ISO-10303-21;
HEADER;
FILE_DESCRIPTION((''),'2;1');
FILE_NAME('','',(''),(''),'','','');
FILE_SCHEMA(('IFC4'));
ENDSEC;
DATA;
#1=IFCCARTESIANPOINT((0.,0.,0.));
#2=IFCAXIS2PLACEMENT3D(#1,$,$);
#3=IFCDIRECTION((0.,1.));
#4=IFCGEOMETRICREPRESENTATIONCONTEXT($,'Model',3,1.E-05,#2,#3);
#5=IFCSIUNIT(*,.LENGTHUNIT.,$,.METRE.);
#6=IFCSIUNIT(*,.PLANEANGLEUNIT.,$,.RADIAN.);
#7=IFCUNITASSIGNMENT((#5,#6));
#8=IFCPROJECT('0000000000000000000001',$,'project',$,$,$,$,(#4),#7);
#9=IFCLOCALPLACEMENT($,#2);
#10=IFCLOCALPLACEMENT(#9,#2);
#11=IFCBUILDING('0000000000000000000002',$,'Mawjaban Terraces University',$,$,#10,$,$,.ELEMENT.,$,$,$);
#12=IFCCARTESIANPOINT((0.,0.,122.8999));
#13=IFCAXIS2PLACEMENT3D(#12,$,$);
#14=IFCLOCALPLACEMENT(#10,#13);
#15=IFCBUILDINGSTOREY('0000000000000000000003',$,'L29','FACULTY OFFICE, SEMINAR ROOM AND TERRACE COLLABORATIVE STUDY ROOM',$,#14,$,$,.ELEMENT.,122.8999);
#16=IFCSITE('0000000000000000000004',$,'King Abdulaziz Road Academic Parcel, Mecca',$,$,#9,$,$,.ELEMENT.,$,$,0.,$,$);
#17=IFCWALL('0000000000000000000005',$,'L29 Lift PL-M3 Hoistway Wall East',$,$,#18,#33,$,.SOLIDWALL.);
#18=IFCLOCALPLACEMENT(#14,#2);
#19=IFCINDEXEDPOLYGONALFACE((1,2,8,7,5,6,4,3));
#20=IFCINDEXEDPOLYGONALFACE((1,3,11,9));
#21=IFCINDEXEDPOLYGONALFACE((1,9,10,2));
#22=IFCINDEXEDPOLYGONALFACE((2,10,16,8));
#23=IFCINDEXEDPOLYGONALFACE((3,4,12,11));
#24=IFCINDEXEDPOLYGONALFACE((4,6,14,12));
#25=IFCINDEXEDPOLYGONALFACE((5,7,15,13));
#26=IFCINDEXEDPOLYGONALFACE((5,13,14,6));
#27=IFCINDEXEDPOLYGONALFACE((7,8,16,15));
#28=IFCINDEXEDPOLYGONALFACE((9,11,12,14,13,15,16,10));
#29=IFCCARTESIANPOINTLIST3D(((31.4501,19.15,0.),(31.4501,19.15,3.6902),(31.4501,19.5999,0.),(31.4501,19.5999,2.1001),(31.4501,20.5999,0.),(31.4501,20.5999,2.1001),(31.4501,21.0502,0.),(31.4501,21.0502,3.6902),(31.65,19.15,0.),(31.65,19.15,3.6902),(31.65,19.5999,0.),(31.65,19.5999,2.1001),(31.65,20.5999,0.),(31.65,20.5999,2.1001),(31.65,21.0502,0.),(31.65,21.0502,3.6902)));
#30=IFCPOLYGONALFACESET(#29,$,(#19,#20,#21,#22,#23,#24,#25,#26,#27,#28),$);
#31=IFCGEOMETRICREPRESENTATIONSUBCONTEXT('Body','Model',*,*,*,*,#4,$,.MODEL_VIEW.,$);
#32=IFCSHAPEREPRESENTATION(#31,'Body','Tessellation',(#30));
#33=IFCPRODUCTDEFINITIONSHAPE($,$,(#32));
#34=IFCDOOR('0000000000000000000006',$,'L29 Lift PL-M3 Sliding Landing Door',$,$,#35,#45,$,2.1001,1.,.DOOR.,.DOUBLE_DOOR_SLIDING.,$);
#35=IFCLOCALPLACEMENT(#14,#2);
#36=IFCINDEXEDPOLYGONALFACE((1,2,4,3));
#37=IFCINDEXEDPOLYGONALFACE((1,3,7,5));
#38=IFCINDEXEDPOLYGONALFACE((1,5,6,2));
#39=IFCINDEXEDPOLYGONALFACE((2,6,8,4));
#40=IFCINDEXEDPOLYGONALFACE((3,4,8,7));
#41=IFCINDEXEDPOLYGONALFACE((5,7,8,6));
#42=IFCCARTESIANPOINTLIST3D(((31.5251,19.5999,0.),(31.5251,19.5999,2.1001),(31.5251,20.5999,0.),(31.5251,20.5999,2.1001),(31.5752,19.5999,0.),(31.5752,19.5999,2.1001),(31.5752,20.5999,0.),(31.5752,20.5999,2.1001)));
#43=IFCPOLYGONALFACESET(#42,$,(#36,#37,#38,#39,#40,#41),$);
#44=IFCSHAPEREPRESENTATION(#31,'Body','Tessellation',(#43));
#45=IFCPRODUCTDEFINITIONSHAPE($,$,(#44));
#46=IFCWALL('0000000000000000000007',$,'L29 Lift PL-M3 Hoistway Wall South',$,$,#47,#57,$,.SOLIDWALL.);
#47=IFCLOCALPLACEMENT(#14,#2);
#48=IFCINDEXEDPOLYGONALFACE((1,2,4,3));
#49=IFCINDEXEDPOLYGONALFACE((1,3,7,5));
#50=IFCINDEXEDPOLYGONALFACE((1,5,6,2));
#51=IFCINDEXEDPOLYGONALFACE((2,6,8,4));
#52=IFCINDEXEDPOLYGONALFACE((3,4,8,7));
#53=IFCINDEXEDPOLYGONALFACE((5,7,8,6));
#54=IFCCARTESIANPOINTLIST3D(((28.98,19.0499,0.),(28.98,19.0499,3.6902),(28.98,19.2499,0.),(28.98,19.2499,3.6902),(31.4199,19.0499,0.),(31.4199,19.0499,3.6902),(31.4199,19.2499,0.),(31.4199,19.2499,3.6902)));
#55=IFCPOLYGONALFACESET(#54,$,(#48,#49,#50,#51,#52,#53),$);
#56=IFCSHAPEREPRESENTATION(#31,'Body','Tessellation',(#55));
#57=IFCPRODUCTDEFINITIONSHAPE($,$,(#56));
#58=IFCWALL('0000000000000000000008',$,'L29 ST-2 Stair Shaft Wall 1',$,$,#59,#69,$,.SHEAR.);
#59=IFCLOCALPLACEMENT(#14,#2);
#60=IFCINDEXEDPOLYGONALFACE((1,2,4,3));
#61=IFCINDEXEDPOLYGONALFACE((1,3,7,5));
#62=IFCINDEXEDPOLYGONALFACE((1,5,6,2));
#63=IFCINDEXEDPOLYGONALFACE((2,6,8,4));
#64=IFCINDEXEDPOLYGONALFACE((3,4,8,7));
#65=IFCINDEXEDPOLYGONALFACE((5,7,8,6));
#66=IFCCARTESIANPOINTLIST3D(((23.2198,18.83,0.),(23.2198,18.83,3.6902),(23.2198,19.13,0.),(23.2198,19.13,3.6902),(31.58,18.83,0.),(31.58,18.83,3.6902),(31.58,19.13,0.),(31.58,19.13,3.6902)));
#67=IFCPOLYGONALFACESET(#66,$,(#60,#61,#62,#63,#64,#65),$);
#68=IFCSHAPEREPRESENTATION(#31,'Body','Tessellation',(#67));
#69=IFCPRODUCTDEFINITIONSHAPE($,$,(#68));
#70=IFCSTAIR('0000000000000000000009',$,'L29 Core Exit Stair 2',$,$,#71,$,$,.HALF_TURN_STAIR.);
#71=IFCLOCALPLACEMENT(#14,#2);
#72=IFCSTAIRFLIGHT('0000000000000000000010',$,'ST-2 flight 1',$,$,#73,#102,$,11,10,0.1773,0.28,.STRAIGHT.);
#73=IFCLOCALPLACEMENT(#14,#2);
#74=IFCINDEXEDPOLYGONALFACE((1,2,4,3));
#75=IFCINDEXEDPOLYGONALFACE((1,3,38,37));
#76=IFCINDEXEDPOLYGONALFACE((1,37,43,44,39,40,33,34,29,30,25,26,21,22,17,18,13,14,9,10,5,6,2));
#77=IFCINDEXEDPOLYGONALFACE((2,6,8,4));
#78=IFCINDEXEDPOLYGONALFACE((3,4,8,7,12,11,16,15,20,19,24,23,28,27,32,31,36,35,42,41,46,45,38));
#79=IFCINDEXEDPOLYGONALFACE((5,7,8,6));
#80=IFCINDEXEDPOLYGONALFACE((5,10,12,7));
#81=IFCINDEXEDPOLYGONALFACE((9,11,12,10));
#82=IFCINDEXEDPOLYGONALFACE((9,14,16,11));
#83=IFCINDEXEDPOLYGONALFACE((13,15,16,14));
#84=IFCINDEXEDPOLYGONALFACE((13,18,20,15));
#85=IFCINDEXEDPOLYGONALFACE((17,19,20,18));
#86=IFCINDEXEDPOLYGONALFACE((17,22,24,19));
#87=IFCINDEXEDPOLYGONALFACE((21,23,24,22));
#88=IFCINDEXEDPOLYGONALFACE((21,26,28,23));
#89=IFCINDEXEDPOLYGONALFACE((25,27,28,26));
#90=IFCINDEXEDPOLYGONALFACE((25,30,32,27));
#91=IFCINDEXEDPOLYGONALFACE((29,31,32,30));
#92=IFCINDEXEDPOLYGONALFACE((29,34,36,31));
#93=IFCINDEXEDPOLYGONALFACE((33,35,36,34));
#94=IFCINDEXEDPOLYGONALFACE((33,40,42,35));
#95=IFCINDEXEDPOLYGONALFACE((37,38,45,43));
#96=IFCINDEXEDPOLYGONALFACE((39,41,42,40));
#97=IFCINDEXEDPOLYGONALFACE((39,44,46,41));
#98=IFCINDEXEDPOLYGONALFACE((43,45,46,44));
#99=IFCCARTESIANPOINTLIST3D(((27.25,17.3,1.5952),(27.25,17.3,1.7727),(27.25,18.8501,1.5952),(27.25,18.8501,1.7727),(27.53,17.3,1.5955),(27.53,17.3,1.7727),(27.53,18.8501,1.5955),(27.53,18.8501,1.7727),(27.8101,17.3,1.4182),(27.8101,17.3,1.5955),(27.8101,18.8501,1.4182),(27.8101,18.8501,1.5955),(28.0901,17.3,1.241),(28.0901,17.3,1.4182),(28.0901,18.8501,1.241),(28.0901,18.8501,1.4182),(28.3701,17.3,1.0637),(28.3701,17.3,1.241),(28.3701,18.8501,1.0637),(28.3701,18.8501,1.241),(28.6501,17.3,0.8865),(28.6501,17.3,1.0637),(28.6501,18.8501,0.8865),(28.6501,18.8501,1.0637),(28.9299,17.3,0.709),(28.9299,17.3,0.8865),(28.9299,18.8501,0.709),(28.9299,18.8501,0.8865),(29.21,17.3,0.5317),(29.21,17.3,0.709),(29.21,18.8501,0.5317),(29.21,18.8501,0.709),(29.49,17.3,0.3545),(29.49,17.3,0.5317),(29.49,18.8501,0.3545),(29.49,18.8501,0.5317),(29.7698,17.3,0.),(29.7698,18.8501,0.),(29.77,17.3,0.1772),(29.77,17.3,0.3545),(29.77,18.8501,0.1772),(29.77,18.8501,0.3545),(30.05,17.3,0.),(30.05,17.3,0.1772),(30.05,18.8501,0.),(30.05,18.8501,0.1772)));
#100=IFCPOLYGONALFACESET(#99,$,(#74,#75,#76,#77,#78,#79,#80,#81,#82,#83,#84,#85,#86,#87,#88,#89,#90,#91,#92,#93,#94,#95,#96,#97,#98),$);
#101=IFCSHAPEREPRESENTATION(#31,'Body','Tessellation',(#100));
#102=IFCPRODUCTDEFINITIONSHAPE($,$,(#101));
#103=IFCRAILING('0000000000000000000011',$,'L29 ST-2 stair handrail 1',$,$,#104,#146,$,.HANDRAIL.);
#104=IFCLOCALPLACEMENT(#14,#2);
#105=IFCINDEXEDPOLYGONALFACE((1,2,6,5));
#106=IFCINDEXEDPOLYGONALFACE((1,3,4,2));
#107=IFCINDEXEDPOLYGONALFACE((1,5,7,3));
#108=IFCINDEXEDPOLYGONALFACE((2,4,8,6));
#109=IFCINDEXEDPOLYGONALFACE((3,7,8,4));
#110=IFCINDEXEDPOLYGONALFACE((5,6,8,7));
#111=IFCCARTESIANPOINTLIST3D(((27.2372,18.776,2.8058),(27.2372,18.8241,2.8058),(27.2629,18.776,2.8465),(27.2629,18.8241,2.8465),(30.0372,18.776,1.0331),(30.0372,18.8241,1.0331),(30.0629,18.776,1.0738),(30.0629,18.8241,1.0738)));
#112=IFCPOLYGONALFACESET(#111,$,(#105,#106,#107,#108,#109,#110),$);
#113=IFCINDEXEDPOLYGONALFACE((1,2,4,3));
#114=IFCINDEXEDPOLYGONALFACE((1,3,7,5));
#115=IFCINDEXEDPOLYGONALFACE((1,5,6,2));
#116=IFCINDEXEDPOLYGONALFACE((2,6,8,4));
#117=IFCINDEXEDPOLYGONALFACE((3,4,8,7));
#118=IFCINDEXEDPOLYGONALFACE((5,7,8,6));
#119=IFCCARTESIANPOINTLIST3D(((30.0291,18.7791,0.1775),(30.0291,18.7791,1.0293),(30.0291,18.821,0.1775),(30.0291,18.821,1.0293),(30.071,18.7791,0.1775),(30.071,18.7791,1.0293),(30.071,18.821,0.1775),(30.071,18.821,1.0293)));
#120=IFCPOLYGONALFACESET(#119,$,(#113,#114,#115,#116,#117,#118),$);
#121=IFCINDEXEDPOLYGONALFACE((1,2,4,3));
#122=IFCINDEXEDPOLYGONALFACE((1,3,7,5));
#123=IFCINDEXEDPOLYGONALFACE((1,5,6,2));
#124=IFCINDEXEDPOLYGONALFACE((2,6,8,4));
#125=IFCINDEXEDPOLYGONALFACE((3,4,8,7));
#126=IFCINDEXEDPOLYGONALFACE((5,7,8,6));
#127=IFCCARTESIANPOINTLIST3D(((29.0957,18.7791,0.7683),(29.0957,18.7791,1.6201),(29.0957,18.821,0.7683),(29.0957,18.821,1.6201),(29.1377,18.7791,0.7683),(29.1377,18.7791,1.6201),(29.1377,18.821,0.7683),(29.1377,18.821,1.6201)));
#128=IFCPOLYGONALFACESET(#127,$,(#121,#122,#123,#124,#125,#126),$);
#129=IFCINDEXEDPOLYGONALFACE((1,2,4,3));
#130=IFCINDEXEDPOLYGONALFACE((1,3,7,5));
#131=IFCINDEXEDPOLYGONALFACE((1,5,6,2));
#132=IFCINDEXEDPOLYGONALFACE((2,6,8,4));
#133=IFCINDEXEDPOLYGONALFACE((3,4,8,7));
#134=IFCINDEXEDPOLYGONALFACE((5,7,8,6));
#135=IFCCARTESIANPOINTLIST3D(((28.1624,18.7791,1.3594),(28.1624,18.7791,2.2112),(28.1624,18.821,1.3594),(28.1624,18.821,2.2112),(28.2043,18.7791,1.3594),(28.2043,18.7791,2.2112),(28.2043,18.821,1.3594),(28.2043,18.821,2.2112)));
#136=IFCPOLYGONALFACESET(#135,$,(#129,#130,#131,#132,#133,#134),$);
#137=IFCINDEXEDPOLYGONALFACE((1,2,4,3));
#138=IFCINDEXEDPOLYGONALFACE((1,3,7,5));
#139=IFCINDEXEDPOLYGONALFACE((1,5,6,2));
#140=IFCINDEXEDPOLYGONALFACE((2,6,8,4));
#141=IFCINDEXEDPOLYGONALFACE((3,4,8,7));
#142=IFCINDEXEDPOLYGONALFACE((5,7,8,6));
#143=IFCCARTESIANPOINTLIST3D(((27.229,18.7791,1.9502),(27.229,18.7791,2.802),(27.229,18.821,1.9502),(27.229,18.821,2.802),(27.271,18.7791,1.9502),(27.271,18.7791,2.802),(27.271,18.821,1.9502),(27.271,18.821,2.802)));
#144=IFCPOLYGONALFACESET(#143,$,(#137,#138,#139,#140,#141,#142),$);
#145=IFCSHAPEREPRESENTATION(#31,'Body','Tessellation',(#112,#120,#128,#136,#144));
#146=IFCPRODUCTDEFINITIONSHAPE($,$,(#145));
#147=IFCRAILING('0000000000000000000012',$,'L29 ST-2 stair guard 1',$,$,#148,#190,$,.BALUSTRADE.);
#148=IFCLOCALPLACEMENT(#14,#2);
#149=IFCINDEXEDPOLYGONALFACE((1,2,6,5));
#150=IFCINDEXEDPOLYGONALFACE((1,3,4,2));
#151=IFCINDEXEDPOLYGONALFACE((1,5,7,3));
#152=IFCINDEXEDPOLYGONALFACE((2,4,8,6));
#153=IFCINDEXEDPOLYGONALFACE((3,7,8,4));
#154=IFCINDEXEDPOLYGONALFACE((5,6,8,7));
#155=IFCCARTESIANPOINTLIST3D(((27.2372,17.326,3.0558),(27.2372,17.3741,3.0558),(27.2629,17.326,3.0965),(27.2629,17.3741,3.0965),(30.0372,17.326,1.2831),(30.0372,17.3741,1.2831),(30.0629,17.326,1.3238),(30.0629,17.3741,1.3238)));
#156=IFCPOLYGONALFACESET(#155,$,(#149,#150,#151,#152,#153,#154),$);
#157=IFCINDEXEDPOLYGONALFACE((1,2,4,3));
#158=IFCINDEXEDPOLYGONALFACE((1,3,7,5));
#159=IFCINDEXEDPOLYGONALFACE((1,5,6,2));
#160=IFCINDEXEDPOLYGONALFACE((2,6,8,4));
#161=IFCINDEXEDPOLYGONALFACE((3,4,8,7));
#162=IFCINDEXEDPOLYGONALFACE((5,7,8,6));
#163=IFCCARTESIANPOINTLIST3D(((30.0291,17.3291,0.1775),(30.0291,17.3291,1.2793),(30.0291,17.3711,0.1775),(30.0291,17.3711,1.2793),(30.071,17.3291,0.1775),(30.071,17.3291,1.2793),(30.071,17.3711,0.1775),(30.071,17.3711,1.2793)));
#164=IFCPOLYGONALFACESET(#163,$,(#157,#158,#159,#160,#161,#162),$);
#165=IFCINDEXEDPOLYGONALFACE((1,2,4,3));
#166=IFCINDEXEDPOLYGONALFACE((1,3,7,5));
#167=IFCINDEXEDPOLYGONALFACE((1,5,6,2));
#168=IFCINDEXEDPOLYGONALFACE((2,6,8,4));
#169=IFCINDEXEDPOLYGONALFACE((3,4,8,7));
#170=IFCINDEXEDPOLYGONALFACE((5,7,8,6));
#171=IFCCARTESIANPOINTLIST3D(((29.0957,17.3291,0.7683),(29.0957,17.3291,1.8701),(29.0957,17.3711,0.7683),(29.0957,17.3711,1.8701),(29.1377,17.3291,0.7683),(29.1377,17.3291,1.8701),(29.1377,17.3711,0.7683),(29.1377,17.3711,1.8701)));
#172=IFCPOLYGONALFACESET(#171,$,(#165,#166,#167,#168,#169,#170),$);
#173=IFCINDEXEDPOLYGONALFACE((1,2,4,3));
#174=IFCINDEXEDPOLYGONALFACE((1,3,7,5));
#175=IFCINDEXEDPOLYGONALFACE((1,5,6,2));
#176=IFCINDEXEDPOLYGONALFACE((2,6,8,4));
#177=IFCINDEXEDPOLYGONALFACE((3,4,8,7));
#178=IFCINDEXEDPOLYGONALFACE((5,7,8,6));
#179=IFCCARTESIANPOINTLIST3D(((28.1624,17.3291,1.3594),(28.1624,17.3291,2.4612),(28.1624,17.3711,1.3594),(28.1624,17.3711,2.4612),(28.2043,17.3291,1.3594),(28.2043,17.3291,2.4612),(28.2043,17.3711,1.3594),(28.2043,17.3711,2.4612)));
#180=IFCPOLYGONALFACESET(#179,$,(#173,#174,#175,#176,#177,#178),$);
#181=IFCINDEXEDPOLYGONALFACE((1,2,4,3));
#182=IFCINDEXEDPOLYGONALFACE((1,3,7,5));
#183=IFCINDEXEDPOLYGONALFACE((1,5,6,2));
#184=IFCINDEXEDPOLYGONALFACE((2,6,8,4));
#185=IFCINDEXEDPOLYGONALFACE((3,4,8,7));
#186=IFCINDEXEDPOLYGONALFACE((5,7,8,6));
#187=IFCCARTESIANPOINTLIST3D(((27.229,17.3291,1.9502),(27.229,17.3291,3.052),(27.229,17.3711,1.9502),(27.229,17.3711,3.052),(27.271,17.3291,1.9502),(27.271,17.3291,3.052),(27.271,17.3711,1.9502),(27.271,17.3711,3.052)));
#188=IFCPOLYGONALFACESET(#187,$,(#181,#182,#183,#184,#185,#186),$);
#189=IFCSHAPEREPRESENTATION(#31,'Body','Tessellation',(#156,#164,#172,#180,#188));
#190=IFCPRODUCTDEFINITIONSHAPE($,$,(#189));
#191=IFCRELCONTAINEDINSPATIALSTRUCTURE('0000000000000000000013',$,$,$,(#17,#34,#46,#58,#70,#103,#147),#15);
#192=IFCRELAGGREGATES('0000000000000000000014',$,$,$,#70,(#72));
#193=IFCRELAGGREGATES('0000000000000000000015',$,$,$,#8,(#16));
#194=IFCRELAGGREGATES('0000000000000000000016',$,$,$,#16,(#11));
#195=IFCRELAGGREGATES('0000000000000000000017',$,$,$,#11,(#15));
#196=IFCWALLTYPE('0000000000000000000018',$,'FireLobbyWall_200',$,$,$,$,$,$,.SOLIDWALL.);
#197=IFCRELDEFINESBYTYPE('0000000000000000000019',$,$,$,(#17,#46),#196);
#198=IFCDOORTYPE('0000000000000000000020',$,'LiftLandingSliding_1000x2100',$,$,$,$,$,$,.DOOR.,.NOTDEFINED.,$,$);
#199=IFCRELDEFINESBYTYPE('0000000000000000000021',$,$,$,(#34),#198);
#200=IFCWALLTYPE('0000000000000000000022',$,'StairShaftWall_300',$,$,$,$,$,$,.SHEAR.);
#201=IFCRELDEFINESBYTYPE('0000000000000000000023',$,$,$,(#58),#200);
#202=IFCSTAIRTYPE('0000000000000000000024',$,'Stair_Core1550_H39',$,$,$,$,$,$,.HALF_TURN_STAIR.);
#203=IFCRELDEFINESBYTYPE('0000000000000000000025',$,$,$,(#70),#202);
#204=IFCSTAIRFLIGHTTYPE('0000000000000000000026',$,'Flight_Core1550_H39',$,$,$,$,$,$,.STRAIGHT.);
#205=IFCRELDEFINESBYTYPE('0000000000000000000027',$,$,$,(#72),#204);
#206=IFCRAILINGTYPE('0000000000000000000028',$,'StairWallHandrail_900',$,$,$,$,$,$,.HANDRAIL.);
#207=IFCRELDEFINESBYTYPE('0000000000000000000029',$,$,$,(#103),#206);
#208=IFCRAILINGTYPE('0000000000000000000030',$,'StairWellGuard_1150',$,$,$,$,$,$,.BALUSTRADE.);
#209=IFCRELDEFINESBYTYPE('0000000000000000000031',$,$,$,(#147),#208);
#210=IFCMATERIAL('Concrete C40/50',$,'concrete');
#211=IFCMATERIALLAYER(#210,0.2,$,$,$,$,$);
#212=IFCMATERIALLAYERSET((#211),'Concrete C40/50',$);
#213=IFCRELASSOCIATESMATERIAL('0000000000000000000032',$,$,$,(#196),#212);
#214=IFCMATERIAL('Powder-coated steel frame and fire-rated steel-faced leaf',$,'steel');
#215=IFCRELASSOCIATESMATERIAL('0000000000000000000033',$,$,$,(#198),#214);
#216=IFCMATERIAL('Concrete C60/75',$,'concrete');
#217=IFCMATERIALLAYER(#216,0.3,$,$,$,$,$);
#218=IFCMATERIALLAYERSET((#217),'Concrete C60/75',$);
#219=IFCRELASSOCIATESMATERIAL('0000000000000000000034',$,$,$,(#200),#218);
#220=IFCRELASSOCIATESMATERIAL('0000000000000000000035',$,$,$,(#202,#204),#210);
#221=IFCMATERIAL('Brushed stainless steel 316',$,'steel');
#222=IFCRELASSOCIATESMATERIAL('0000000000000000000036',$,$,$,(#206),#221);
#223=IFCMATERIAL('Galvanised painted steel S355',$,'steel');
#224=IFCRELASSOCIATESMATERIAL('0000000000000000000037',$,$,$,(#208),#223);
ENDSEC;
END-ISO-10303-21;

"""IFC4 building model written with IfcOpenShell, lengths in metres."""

from ifc_helpers import new_model, si_unit, direction, frame, frame_2d, origin, origin_2d, place, context, subcontext, project, spatial, polyline, rectangle, outline, extrude, material, layer, layer_set, type_object, element, fill, aggregate, save


model = new_model("IFC4")

# Units and contexts
model_context = context("Model", 3, precision=1e-05, world=origin(), true_north=direction((0.0, 1.0)))
body_context = subcontext(model_context, "Body", "Model", "MODEL_VIEW")
ifc_project = project(units=[si_unit("LENGTHUNIT", "METRE"), si_unit("PLANEANGLEUNIT", "RADIAN")], contexts=[model_context])

# Site, building, storey
site_placement = place(None, origin())
site = spatial("IfcSite", under=ifc_project, at=site_placement, Name="King Abdulaziz Road Academic Parcel, Mecca", CompositionType="ELEMENT", RefElevation=0.0)
building_placement = place(site_placement, origin())
building = spatial("IfcBuilding", under=site, at=building_placement, Name="Mawjaban Terraces University", CompositionType="ELEMENT")
storey_placement = place(building_placement, frame((0.0, 0.0, 122.8999)))
storey = spatial("IfcBuildingStorey", under=building, at=storey_placement, Name="L29", Description="FACULTY OFFICE, SEMINAR ROOM AND TERRACE COLLABORATIVE STUDY ROOM", CompositionType="ELEMENT", Elevation=122.8999)

# Shared definitions
ifc_material_1 = material(Name="Concrete C40/50", Category="concrete")
ifc_layer_1 = layer(ifc_material_1, 0.2)
ifc_layer_set_1 = layer_set([ifc_layer_1], Name="Concrete C40/50")
wall_type_1 = type_object("IfcWallType", Name="FireLobbyWall_200", PredefinedType="SOLIDWALL", material=ifc_layer_set_1)

# Shared definitions
ifc_material_2 = material(Name="Powder-coated steel frame and fire-rated steel-faced leaf", Category="steel")
door_type_1 = type_object("IfcDoorType", Name="LiftLandingSliding_1000x2100", OperationType="NOTDEFINED", PredefinedType="DOOR", material=ifc_material_2)

# Wall, opening, door
wall_1_placement = place(storey_placement, frame((31.55, 19.1499, 0.0), z_axis=(0.0, 0.0, 1.0), x_axis=(0.0, 1.0, 0.0)))
wall_1 = element("IfcWall", 1, at=wall_1_placement, inside=storey, type_object=wall_type_1, Name="L29 Lift PL-M3 Hoistway Wall East", PredefinedType="SOLIDWALL", context=body_context, shape_type="SweptSolid", body=[
    extrude(rectangle(XDim=1.9001, YDim=0.2, at=frame_2d((0.9502, 0.0))), origin(), (0.0, 0.0, 1.0), 3.6902),
])
opening_1_placement = place(wall_1_placement, frame((0.45, 0.0, 0.0)))
opening_1 = element("IfcOpeningElement", 2, at=opening_1_placement, cuts=wall_1, PredefinedType="OPENING", context=body_context, shape_type="SweptSolid", body=[
    extrude(rectangle(XDim=1.0, YDim=2.1001, at=frame_2d((0.5, 1.05))), frame((0.0, 0.1099, 0.0), z_axis=(0.0, -1.0, 0.0), x_axis=(1.0, 0.0, 0.0)), (0.0, 0.0, 1.0), 0.22),
])
door_1_placement = place(opening_1_placement, origin())
door_1 = element("IfcDoor", 3, at=door_1_placement, inside=storey, type_object=door_type_1, Name="L29 Lift PL-M3 Sliding Landing Door", OperationType="DOUBLE_DOOR_SLIDING", OverallHeight=2.1001, OverallWidth=1.0, PredefinedType="DOOR", context=body_context, shape_type="SweptSolid", body=[
    extrude(rectangle(XDim=1.0, YDim=2.1001, at=frame_2d((0.5, 1.05))), frame((0.0, 0.0249, 0.0), z_axis=(0.0, -1.0, 0.0), x_axis=(1.0, 0.0, 0.0)), (0.0, 0.0, 1.0), 0.05),
])
fill(opening_1, door_1)

# Walls
wall_2_placement = place(storey_placement, frame((28.98, 19.1499, 0.0), z_axis=(0.0, 0.0, 1.0), x_axis=(1.0, 0.0, 0.0)))
element("IfcWall", 4, at=wall_2_placement, inside=storey, type_object=wall_type_1, Name="L29 Lift PL-M3 Hoistway Wall South", PredefinedType="SOLIDWALL", context=body_context, shape_type="SweptSolid", body=[
    extrude(rectangle(XDim=2.4399, YDim=0.2, at=frame_2d((1.22, 0.0))), origin(), (0.0, 0.0, 1.0), 3.6902),
])
ifc_material_3 = material(Name="Concrete C60/75", Category="concrete")
ifc_layer_2 = layer(ifc_material_3, 0.3)
ifc_layer_set_2 = layer_set([ifc_layer_2], Name="Concrete C60/75")
wall_type_2 = type_object("IfcWallType", Name="StairShaftWall_300", PredefinedType="SHEAR", material=ifc_layer_set_2)
wall_3_placement = place(storey_placement, frame((31.5801, 18.98, 0.0), z_axis=(0.0, 0.0, 1.0), x_axis=(-1.0, 0.0, 0.0)))
element("IfcWall", 5, at=wall_3_placement, inside=storey, type_object=wall_type_2, Name="L29 ST-2 Stair Shaft Wall 1", PredefinedType="SHEAR", context=body_context, shape_type="SweptSolid", body=[
    extrude(rectangle(XDim=8.3601, YDim=0.3, at=frame_2d((4.1802, 0.0))), origin(), (0.0, 0.0, 1.0), 3.6902),
])

# Stair, stair flight
stair_type = type_object("IfcStairType", Name="Stair_Core1550_H39", PredefinedType="HALF_TURN_STAIR", material=ifc_material_1)
stair_placement = place(storey_placement, origin())
stair = element("IfcStair", 6, at=stair_placement, inside=storey, type_object=stair_type, Name="L29 Core Exit Stair 2", PredefinedType="HALF_TURN_STAIR")
stair_flight_type = type_object("IfcStairFlightType", Name="Flight_Core1550_H39", PredefinedType="STRAIGHT", material=ifc_material_1)
stair_flight_placement = place(storey_placement, frame((30.05, 18.075, 0.0), z_axis=(0.0, 0.0, 1.0), x_axis=(-1.0, 0.0, 0.0)))
stair_flight = element("IfcStairFlight", 7, at=stair_flight_placement, type_object=stair_flight_type, Name="ST-2 flight 1", NumberOfRisers=11, NumberOfTreads=10, PredefinedType="STRAIGHT", RiserHeight=0.1773, TreadLength=0.28, context=body_context, shape_type="SweptSolid", body=[
    extrude(outline(polyline([(0.0, 0.0), (0.0, 0.1772), (0.28, 0.1772), (0.28, 0.3545), (0.5601, 0.3545), (0.5601, 0.5317), (0.8401, 0.5317), (0.8401, 0.709), (1.1201, 0.709), (1.1201, 0.8865), (1.3999, 0.8865), (1.3999, 1.0637), (1.6799, 1.0637), (1.6799, 1.241), (1.96, 1.241), (1.96, 1.4182), (2.24, 1.4182), (2.24, 1.5955), (2.52, 1.5955), (2.52, 1.7727), (2.8, 1.7727), (2.8, 1.95), (2.8, 1.5952), (0.2803, 0.0), (0.0, 0.0)])), frame((0.0, 0.7749, 0.0), z_axis=(0.0, -1.0, 0.0), x_axis=(1.0, 0.0, 0.0)), (0.0, 0.0, 1.0), 1.55),
])
aggregate(stair, [stair_flight])

# Railings
ifc_material_4 = material(Name="Brushed stainless steel 316", Category="steel")
railing_type_1 = type_object("IfcRailingType", Name="StairWallHandrail_900", PredefinedType="HANDRAIL", material=ifc_material_4)
railing_1_placement = place(storey_placement, frame((30.05, 18.8, 0.1775)))
element("IfcRailing", 8, at=railing_1_placement, inside=storey, type_object=railing_type_1, Name="L29 ST-2 stair handrail 1", PredefinedType="HANDRAIL", context=body_context, shape_type="SweptSolid", body=[
    extrude(rectangle(XDim=0.0481, YDim=0.0481, at=origin_2d()), frame((0.0, 0.0, 0.876), z_axis=(-0.844909, 0.0, 0.53491), x_axis=(0.0, -1.0, 0.0)), (0.0, 0.0, 1.0), 3.314),
    extrude(rectangle(XDim=0.042, YDim=0.042, at=origin_2d()), origin(), (0.0, 0.0, 1.0), 0.8518),
    extrude(rectangle(XDim=0.042, YDim=0.042, at=origin_2d()), frame((-0.9333, 0.0, 0.5908)), (0.0, 0.0, 1.0), 0.8518),
    extrude(rectangle(XDim=0.042, YDim=0.042, at=origin_2d()), frame((-1.8667, 0.0, 1.1819)), (0.0, 0.0, 1.0), 0.8518),
    extrude(rectangle(XDim=0.042, YDim=0.042, at=origin_2d()), frame((-2.8, 0.0, 1.7727)), (0.0, 0.0, 1.0), 0.8518),
])
ifc_material_5 = material(Name="Galvanised painted steel S355", Category="steel")
railing_type_2 = type_object("IfcRailingType", Name="StairWellGuard_1150", PredefinedType="BALUSTRADE", material=ifc_material_5)
railing_2_placement = place(storey_placement, frame((30.05, 17.3501, 0.1775)))
element("IfcRailing", 9, at=railing_2_placement, inside=storey, type_object=railing_type_2, Name="L29 ST-2 stair guard 1", PredefinedType="BALUSTRADE", context=body_context, shape_type="SweptSolid", body=[
    extrude(rectangle(XDim=0.0481, YDim=0.0481, at=origin_2d()), frame((0.0, 0.0, 1.126), z_axis=(-0.844909, 0.0, 0.53491), x_axis=(0.0, -1.0, 0.0)), (0.0, 0.0, 1.0), 3.314),
    extrude(rectangle(XDim=0.042, YDim=0.042, at=origin_2d()), origin(), (0.0, 0.0, 1.0), 1.1018),
    extrude(rectangle(XDim=0.042, YDim=0.042, at=origin_2d()), frame((-0.9333, 0.0, 0.5908)), (0.0, 0.0, 1.0), 1.1018),
    extrude(rectangle(XDim=0.042, YDim=0.042, at=origin_2d()), frame((-1.8667, 0.0, 1.1819)), (0.0, 0.0, 1.0), 1.1018),
    extrude(rectangle(XDim=0.042, YDim=0.042, at=origin_2d()), frame((-2.8, 0.0, 1.7727)), (0.0, 0.0, 1.0), 1.1018),
])

save(model, "model.ifc")
